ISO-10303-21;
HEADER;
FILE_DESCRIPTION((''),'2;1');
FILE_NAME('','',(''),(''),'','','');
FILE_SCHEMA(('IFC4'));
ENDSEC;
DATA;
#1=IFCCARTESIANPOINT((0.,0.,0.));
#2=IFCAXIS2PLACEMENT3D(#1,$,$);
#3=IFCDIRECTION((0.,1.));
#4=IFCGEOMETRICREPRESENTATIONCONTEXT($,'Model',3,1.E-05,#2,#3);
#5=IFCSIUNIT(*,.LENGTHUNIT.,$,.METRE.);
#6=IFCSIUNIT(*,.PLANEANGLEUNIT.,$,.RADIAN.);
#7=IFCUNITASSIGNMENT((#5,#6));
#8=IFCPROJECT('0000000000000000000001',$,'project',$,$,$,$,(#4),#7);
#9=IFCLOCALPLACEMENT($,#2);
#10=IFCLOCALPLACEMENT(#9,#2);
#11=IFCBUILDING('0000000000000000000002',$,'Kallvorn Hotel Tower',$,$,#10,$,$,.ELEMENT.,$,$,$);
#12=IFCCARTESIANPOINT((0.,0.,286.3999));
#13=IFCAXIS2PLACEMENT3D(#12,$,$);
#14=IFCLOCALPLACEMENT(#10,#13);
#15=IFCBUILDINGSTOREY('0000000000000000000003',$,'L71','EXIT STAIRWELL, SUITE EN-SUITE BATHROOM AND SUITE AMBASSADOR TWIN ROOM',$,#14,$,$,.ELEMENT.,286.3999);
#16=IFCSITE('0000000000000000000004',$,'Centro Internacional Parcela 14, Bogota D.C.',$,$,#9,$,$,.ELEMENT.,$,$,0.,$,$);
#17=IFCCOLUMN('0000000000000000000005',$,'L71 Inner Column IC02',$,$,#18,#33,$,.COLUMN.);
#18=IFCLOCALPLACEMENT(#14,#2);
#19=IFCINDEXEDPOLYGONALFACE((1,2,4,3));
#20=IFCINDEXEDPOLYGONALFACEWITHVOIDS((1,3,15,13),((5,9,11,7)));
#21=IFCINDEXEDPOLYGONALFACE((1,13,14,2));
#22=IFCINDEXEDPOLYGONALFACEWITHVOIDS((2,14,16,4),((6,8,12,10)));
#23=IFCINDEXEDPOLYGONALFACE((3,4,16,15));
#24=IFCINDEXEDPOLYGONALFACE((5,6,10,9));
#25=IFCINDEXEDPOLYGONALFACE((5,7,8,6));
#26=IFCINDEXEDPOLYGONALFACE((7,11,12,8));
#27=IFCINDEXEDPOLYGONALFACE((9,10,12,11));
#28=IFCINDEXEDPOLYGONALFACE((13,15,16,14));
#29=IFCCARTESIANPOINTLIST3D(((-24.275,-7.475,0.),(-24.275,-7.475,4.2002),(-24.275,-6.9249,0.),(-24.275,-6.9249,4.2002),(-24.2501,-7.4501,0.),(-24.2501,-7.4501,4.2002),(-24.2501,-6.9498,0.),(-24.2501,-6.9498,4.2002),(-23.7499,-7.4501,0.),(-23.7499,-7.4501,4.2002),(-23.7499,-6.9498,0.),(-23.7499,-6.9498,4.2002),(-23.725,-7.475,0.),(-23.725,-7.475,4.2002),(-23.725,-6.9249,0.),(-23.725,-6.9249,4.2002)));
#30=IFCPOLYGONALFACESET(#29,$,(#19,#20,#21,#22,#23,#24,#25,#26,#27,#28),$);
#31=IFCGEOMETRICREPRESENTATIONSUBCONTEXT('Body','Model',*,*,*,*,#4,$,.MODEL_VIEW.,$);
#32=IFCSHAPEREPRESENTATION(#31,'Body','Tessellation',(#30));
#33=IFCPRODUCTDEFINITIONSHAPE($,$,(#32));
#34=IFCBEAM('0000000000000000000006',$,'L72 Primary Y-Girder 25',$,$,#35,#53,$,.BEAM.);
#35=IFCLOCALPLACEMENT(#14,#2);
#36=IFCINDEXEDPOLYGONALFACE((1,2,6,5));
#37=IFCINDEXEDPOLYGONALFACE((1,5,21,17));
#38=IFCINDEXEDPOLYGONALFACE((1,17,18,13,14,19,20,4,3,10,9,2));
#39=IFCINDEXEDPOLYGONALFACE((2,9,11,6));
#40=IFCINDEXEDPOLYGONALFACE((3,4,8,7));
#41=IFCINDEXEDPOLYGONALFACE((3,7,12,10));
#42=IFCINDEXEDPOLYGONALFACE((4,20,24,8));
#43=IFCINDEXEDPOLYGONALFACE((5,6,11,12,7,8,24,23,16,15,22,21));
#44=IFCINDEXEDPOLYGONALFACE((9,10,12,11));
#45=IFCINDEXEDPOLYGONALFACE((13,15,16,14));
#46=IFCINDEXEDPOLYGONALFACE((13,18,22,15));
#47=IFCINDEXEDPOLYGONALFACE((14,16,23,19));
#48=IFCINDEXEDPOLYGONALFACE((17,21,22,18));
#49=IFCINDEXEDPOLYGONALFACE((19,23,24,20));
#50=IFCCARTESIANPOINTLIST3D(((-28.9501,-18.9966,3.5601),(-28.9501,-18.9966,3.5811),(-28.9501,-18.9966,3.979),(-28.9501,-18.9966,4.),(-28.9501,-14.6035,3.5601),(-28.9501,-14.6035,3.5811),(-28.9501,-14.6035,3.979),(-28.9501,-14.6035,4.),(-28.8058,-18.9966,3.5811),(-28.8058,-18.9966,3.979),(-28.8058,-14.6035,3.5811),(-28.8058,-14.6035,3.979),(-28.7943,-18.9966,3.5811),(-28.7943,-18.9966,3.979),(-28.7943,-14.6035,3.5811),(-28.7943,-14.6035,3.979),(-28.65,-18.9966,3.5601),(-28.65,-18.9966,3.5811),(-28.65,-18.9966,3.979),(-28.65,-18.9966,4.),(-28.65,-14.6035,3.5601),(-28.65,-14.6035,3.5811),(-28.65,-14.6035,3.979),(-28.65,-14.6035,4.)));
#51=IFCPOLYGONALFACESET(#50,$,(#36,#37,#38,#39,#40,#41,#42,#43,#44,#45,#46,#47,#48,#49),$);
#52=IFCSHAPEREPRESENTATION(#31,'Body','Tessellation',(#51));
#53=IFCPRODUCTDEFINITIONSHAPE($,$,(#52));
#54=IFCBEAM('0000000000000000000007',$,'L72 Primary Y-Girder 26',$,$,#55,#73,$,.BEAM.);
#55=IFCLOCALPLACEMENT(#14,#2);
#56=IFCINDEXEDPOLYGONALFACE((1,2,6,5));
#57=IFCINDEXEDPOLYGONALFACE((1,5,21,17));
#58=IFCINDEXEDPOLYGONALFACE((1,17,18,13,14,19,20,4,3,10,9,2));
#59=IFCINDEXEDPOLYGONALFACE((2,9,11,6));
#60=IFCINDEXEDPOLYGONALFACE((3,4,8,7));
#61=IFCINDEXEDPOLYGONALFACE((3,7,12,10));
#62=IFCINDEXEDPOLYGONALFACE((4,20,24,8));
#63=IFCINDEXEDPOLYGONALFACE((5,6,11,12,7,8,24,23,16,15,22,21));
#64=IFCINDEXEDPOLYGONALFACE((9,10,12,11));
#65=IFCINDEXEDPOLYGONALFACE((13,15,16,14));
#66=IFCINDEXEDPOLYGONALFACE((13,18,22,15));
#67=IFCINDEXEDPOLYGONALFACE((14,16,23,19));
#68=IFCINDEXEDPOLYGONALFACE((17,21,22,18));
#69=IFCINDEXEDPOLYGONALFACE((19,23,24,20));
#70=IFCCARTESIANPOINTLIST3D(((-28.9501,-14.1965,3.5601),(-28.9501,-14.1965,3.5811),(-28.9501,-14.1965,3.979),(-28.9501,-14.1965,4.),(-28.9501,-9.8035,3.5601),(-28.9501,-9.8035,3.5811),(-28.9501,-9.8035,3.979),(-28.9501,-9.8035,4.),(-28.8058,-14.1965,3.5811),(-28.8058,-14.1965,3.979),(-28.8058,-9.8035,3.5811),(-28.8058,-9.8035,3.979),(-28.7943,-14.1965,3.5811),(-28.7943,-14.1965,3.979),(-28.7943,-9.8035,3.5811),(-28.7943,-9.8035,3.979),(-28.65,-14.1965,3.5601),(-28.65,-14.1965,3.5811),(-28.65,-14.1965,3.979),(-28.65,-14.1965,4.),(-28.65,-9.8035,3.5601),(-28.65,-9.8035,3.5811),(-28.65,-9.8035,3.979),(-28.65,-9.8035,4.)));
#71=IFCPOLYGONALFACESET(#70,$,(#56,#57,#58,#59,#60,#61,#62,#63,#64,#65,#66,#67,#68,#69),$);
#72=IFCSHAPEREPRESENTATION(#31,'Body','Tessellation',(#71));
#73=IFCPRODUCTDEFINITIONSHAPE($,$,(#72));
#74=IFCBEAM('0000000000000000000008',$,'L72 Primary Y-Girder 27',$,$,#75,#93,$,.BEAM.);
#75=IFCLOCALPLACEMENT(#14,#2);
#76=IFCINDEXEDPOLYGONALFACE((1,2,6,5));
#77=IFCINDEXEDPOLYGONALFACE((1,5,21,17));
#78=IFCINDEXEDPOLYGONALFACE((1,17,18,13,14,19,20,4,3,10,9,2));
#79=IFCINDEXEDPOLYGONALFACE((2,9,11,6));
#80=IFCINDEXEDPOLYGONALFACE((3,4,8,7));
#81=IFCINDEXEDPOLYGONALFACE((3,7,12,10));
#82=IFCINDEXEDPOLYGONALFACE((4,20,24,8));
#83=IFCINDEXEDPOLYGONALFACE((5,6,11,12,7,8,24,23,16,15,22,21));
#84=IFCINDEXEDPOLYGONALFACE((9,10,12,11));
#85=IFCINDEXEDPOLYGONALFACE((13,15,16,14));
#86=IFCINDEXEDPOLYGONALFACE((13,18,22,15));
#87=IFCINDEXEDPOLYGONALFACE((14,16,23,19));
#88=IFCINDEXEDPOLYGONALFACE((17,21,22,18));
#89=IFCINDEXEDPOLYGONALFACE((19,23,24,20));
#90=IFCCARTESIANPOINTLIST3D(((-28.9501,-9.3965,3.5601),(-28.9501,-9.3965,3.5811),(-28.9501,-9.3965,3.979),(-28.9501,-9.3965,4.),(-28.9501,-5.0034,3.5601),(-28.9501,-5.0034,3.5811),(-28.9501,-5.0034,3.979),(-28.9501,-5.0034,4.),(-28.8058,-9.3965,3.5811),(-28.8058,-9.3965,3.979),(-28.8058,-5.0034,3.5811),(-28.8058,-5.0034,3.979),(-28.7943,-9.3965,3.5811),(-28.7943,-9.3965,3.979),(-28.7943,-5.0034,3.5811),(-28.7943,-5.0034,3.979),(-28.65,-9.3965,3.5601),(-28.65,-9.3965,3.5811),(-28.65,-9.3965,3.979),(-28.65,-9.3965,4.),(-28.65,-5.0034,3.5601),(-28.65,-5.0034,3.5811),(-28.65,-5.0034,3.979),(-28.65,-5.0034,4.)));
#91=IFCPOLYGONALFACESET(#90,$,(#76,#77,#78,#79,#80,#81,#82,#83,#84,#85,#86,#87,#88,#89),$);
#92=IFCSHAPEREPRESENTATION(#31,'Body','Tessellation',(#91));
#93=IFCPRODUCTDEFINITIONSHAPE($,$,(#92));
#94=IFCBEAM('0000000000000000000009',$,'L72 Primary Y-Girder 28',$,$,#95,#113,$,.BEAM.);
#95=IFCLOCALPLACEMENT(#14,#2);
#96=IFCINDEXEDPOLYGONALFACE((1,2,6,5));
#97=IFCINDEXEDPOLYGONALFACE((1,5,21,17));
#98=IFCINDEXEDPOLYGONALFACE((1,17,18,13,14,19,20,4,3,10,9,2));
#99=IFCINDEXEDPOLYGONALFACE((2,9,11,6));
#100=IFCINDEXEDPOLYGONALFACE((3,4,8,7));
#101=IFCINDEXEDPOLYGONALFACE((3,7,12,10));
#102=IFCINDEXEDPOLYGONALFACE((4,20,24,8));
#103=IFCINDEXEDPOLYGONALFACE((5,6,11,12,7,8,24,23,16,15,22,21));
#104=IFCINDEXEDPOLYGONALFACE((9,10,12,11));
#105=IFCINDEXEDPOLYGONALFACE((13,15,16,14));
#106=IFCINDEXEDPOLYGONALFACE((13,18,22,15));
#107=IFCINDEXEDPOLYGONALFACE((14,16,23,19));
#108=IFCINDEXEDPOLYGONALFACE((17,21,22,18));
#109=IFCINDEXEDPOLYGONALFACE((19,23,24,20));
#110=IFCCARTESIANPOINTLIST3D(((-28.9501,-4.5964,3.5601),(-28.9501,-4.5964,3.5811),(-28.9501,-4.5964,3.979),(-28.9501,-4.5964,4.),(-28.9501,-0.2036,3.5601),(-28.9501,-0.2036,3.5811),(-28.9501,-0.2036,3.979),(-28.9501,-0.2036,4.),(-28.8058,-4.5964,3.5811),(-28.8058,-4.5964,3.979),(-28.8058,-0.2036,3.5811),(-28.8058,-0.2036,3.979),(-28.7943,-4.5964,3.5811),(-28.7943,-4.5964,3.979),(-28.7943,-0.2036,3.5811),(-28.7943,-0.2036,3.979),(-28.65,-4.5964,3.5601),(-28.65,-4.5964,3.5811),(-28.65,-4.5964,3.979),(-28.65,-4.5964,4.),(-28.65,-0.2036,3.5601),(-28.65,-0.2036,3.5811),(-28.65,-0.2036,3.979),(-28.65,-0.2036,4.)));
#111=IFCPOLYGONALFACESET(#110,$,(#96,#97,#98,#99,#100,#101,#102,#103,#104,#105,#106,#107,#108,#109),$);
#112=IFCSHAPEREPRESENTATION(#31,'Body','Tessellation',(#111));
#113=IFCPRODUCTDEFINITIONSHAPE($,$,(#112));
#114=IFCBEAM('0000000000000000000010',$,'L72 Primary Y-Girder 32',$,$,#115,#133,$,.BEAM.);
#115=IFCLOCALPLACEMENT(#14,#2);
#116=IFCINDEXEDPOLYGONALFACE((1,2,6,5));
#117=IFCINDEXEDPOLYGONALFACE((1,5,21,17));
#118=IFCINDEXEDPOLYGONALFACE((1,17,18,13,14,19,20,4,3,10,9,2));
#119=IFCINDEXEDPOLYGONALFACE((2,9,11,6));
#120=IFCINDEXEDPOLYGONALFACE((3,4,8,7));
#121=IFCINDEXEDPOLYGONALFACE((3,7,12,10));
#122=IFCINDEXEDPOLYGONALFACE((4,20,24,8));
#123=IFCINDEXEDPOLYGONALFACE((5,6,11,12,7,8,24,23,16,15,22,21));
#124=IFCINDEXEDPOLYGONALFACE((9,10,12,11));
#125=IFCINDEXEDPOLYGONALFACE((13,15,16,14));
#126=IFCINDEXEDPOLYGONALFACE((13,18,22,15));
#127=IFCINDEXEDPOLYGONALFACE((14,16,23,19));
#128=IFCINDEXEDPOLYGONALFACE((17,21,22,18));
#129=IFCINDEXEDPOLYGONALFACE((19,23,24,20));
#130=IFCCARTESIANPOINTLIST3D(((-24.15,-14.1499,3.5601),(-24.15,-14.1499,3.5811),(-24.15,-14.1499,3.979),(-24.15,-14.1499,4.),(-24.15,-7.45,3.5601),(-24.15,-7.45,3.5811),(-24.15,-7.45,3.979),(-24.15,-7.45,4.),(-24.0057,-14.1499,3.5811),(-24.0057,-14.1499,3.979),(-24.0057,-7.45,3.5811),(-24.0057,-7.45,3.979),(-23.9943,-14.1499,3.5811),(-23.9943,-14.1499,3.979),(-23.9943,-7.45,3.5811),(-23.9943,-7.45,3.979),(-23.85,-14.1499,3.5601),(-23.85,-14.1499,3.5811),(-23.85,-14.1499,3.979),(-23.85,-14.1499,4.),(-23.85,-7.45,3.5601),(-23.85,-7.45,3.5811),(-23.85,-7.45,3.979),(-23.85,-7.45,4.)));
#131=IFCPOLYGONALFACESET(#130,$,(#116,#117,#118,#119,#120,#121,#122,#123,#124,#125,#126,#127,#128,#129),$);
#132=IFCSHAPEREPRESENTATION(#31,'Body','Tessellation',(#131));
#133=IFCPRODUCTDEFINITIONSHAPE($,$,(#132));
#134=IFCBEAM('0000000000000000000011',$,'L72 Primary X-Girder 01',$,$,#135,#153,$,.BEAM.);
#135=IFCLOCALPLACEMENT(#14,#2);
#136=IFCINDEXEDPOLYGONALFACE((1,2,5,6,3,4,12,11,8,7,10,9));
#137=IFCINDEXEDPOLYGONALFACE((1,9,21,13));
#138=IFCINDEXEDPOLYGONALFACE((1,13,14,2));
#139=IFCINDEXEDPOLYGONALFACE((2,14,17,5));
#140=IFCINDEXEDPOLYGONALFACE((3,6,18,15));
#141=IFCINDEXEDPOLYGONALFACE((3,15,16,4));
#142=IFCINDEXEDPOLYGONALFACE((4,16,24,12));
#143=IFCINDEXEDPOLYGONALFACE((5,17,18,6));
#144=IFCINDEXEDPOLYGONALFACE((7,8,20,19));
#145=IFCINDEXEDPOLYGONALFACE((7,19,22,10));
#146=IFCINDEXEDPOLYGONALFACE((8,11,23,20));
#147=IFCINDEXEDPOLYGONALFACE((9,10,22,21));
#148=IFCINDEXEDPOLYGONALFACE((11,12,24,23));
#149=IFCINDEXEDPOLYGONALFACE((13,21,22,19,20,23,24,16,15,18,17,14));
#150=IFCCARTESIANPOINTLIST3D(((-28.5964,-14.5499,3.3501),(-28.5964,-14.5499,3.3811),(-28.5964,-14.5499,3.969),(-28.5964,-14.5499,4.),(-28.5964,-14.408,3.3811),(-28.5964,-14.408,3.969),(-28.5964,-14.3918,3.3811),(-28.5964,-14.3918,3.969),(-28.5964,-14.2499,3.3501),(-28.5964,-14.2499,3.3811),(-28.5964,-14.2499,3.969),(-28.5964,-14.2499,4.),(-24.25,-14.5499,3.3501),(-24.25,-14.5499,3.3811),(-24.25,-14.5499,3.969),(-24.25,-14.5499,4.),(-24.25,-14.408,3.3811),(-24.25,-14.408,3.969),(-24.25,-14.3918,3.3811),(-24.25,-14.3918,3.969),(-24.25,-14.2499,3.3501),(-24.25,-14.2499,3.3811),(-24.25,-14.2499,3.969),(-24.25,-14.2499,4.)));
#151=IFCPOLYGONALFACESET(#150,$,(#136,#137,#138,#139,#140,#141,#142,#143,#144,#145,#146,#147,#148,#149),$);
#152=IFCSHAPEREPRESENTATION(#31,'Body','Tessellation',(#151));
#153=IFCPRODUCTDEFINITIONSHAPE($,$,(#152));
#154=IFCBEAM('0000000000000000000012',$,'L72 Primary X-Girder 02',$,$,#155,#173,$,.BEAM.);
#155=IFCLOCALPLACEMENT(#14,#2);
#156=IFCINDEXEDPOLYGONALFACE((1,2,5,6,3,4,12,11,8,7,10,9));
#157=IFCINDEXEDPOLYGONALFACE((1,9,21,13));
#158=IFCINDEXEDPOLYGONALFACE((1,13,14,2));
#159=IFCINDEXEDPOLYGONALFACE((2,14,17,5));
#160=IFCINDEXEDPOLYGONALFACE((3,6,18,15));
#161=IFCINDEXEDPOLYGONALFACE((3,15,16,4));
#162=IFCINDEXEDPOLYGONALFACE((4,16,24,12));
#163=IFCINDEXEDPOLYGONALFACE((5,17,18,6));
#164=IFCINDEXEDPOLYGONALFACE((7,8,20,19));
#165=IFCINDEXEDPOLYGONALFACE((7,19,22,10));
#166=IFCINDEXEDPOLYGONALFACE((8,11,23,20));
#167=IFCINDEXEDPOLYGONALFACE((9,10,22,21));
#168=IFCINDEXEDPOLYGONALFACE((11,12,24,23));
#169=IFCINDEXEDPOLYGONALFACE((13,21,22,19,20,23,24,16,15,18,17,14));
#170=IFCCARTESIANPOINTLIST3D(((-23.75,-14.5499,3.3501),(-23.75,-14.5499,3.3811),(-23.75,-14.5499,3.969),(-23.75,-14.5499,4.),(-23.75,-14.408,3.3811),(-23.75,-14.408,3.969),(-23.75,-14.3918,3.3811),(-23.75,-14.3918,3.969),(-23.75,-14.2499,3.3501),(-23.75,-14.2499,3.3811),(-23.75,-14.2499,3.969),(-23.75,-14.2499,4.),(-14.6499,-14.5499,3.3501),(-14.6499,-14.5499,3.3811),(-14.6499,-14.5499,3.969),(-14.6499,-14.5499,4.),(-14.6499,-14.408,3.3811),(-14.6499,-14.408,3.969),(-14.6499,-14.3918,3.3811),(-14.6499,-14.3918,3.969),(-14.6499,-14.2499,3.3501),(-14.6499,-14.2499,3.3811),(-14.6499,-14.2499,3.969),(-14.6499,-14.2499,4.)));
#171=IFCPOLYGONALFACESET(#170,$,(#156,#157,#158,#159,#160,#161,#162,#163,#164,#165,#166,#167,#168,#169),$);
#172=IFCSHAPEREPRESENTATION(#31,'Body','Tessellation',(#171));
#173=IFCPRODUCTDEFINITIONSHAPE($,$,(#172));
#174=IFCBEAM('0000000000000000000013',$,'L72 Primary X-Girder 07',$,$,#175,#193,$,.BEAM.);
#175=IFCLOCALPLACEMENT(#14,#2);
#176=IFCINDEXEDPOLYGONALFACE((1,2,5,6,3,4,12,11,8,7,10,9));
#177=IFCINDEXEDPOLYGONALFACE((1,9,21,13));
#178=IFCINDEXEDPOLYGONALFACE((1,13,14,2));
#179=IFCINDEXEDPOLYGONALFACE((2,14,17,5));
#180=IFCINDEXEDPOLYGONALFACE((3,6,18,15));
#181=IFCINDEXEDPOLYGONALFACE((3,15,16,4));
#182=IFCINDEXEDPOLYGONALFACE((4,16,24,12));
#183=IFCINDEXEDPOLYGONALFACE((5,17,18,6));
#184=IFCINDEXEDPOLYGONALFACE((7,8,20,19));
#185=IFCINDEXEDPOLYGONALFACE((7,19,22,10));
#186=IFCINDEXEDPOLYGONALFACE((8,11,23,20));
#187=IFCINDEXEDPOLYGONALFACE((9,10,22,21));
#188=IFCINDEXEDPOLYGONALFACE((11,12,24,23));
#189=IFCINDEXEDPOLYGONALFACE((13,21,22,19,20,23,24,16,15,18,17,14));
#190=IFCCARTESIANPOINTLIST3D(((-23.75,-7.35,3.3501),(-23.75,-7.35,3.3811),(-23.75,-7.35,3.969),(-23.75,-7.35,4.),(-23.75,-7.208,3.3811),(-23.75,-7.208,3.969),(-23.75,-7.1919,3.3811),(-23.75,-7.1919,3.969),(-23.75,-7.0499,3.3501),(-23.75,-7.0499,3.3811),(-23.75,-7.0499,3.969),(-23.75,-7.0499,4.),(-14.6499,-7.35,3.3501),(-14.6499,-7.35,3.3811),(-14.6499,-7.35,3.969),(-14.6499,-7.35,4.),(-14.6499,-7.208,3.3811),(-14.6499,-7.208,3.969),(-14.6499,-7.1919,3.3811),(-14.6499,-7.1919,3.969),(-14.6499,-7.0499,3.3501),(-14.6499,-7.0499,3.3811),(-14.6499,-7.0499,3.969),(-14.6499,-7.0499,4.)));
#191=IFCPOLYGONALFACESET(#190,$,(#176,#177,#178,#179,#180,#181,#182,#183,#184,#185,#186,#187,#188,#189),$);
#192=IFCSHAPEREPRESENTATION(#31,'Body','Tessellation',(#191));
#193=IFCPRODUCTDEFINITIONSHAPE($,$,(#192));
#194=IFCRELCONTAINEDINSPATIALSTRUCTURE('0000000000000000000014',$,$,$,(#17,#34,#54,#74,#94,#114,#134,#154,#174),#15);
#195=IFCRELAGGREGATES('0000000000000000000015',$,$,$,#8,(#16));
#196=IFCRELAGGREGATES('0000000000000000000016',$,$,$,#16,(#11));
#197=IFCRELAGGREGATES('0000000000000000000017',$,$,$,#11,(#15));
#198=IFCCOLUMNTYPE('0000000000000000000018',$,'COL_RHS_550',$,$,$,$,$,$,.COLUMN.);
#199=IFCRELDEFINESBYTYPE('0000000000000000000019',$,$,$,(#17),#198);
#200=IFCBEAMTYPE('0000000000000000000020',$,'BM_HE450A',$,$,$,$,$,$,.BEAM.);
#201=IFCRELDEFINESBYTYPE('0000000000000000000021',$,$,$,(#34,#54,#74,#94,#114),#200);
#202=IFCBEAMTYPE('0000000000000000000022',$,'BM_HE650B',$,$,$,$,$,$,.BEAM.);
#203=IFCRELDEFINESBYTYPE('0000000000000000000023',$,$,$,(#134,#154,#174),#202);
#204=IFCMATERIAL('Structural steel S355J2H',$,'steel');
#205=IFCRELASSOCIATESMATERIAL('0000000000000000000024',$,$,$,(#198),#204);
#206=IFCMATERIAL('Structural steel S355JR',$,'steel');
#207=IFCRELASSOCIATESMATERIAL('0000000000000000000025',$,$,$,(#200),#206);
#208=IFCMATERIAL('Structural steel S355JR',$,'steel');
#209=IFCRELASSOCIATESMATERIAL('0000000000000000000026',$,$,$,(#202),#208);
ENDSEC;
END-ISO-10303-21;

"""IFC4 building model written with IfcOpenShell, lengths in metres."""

from ifc_helpers import new_model, si_unit, direction, frame, origin, origin_2d, place, context, subcontext, project, spatial, hollow_rectangle, i_section, extrude, material, material_profile, profile_set, type_object, element, save


model = new_model("IFC4")

# Units and contexts
model_context = context("Model", 3, precision=1e-05, world=origin(), true_north=direction((0.0, 1.0)))
body_context = subcontext(model_context, "Body", "Model", "MODEL_VIEW")
ifc_project = project(units=[si_unit("LENGTHUNIT", "METRE"), si_unit("PLANEANGLEUNIT", "RADIAN")], contexts=[model_context])

# Site, building, storey
site_placement = place(None, origin())
site = spatial("IfcSite", under=ifc_project, at=site_placement, Name="Centro Internacional Parcela 14, Bogota D.C.", CompositionType="ELEMENT", RefElevation=0.0)
building_placement = place(site_placement, origin())
building = spatial("IfcBuilding", under=site, at=building_placement, Name="Kallvorn Hotel Tower", CompositionType="ELEMENT")
storey_placement = place(building_placement, frame((0.0, 0.0, 286.3999)))
storey = spatial("IfcBuildingStorey", under=building, at=storey_placement, Name="L71", Description="EXIT STAIRWELL, SUITE EN-SUITE BATHROOM AND SUITE AMBASSADOR TWIN ROOM", CompositionType="ELEMENT", Elevation=286.3999)

# Column
ifc_material_1 = material(Name="Structural steel S355J2H", Category="steel")
ifc_material_profile_1 = material_profile(ifc_material_1, hollow_rectangle(XDim=0.55, YDim=0.55, WallThickness=0.0249, at=origin_2d()), Name="RHS 550x550x25")
ifc_profile_set_1 = profile_set([ifc_material_profile_1], Name="Structural steel S355J2H")
column_type_1 = type_object("IfcColumnType", Name="COL_RHS_550", PredefinedType="COLUMN", material=ifc_profile_set_1)
for number, where, z_axis, x_axis, name in (
    (1, (-24.0, -7.2, 0.0), (0.0, 0.0, 1.0), (1.0, 0.0, 0.0), "L71 Inner Column IC02"),
):
    element("IfcColumn", number, at=place(storey_placement, frame(where, z_axis=z_axis, x_axis=x_axis)), inside=storey, type_object=column_type_1, Name=name, PredefinedType="COLUMN", context=body_context, shape_type="SweptSolid", body=[
        extrude(hollow_rectangle(XDim=0.55, YDim=0.55, WallThickness=0.0249, at=origin_2d()), origin(), (0.0, 0.0, 1.0), 4.2002),
    ])

# Beams
ifc_material_2 = material(Name="Structural steel S355JR", Category="steel")
ifc_material_profile_2 = material_profile(ifc_material_2, i_section(OverallWidth=0.3, OverallDepth=0.4399, WebThickness=0.0115, FlangeThickness=0.021, at=origin_2d()), Name="HE 450 A")
ifc_profile_set_2 = profile_set([ifc_material_profile_2], Name="Structural steel S355JR")
beam_type_1 = type_object("IfcBeamType", Name="BM_HE450A", PredefinedType="BEAM", material=ifc_profile_set_2)
for number, where, z_axis, x_axis, name in (
    (2, (-28.8, -18.9966, 3.78), (0.0, 1.0, 0.0), (-1.0, 0.0, 0.0), "L72 Primary Y-Girder 25"),
    (3, (-28.8, -14.1965, 3.78), (0.0, 1.0, 0.0), (-1.0, 0.0, 0.0), "L72 Primary Y-Girder 26"),
    (4, (-28.8, -9.3965, 3.78), (0.0, 1.0, 0.0), (-1.0, 0.0, 0.0), "L72 Primary Y-Girder 27"),
):
    element("IfcBeam", number, at=place(storey_placement, frame(where, z_axis=z_axis, x_axis=x_axis)), inside=storey, type_object=beam_type_1, Name=name, PredefinedType="BEAM", context=body_context, shape_type="SweptSolid", body=[
        extrude(i_section(OverallWidth=0.3, OverallDepth=0.4399, WebThickness=0.0115, FlangeThickness=0.021, at=origin_2d()), origin(), (0.0, 0.0, 1.0), 4.3931),
    ])
beam_1_placement = place(storey_placement, frame((-28.8, -4.5964, 3.78), z_axis=(0.0, 1.0, 0.0), x_axis=(-1.0, 0.0, 0.0)))
element("IfcBeam", 5, at=beam_1_placement, inside=storey, type_object=beam_type_1, Name="L72 Primary Y-Girder 28", PredefinedType="BEAM", context=body_context, shape_type="SweptSolid", body=[
    extrude(i_section(OverallWidth=0.3, OverallDepth=0.4399, WebThickness=0.0115, FlangeThickness=0.021, at=origin_2d()), origin(), (0.0, 0.0, 1.0), 4.3928),
])
beam_2_placement = place(storey_placement, frame((-24.0, -14.1499, 3.78), z_axis=(0.0, 1.0, 0.0), x_axis=(-1.0, 0.0, 0.0)))
element("IfcBeam", 6, at=beam_2_placement, inside=storey, type_object=beam_type_1, Name="L72 Primary Y-Girder 32", PredefinedType="BEAM", context=body_context, shape_type="SweptSolid", body=[
    extrude(i_section(OverallWidth=0.3, OverallDepth=0.4399, WebThickness=0.0115, FlangeThickness=0.021, at=origin_2d()), origin(), (0.0, 0.0, 1.0), 6.7),
])
ifc_material_3 = material(Name="Structural steel S355JR", Category="steel")
ifc_material_profile_3 = material_profile(ifc_material_3, i_section(OverallWidth=0.3, OverallDepth=0.6499, WebThickness=0.0161, FlangeThickness=0.031, at=origin_2d()), Name="HE 650 B")
ifc_profile_set_3 = profile_set([ifc_material_profile_3], Name="Structural steel S355JR")
beam_type_2 = type_object("IfcBeamType", Name="BM_HE650B", PredefinedType="BEAM", material=ifc_profile_set_3)
beam_3_placement = place(storey_placement, frame((-28.5964, -14.3999, 3.675), z_axis=(1.0, 0.0, 0.0), x_axis=(0.0, 1.0, 0.0)))
element("IfcBeam", 7, at=beam_3_placement, inside=storey, type_object=beam_type_2, Name="L72 Primary X-Girder 01", PredefinedType="BEAM", context=body_context, shape_type="SweptSolid", body=[
    extrude(i_section(OverallWidth=0.3, OverallDepth=0.6499, WebThickness=0.0161, FlangeThickness=0.031, at=origin_2d()), origin(), (0.0, 0.0, 1.0), 4.3464),
])
for number, where, z_axis, x_axis, name in (
    (8, (-23.75, -14.3999, 3.675), (1.0, 0.0, 0.0), (0.0, 1.0, 0.0), "L72 Primary X-Girder 02"),
    (9, (-23.75, -7.2, 3.675), (1.0, 0.0, 0.0), (0.0, 1.0, 0.0), "L72 Primary X-Girder 07"),
):
    element("IfcBeam", number, at=place(storey_placement, frame(where, z_axis=z_axis, x_axis=x_axis)), inside=storey, type_object=beam_type_2, Name=name, PredefinedType="BEAM", context=body_context, shape_type="SweptSolid", body=[
        extrude(i_section(OverallWidth=0.3, OverallDepth=0.6499, WebThickness=0.0161, FlangeThickness=0.031, at=origin_2d()), origin(), (0.0, 0.0, 1.0), 9.1001),
    ])

save(model, "model.ifc")
